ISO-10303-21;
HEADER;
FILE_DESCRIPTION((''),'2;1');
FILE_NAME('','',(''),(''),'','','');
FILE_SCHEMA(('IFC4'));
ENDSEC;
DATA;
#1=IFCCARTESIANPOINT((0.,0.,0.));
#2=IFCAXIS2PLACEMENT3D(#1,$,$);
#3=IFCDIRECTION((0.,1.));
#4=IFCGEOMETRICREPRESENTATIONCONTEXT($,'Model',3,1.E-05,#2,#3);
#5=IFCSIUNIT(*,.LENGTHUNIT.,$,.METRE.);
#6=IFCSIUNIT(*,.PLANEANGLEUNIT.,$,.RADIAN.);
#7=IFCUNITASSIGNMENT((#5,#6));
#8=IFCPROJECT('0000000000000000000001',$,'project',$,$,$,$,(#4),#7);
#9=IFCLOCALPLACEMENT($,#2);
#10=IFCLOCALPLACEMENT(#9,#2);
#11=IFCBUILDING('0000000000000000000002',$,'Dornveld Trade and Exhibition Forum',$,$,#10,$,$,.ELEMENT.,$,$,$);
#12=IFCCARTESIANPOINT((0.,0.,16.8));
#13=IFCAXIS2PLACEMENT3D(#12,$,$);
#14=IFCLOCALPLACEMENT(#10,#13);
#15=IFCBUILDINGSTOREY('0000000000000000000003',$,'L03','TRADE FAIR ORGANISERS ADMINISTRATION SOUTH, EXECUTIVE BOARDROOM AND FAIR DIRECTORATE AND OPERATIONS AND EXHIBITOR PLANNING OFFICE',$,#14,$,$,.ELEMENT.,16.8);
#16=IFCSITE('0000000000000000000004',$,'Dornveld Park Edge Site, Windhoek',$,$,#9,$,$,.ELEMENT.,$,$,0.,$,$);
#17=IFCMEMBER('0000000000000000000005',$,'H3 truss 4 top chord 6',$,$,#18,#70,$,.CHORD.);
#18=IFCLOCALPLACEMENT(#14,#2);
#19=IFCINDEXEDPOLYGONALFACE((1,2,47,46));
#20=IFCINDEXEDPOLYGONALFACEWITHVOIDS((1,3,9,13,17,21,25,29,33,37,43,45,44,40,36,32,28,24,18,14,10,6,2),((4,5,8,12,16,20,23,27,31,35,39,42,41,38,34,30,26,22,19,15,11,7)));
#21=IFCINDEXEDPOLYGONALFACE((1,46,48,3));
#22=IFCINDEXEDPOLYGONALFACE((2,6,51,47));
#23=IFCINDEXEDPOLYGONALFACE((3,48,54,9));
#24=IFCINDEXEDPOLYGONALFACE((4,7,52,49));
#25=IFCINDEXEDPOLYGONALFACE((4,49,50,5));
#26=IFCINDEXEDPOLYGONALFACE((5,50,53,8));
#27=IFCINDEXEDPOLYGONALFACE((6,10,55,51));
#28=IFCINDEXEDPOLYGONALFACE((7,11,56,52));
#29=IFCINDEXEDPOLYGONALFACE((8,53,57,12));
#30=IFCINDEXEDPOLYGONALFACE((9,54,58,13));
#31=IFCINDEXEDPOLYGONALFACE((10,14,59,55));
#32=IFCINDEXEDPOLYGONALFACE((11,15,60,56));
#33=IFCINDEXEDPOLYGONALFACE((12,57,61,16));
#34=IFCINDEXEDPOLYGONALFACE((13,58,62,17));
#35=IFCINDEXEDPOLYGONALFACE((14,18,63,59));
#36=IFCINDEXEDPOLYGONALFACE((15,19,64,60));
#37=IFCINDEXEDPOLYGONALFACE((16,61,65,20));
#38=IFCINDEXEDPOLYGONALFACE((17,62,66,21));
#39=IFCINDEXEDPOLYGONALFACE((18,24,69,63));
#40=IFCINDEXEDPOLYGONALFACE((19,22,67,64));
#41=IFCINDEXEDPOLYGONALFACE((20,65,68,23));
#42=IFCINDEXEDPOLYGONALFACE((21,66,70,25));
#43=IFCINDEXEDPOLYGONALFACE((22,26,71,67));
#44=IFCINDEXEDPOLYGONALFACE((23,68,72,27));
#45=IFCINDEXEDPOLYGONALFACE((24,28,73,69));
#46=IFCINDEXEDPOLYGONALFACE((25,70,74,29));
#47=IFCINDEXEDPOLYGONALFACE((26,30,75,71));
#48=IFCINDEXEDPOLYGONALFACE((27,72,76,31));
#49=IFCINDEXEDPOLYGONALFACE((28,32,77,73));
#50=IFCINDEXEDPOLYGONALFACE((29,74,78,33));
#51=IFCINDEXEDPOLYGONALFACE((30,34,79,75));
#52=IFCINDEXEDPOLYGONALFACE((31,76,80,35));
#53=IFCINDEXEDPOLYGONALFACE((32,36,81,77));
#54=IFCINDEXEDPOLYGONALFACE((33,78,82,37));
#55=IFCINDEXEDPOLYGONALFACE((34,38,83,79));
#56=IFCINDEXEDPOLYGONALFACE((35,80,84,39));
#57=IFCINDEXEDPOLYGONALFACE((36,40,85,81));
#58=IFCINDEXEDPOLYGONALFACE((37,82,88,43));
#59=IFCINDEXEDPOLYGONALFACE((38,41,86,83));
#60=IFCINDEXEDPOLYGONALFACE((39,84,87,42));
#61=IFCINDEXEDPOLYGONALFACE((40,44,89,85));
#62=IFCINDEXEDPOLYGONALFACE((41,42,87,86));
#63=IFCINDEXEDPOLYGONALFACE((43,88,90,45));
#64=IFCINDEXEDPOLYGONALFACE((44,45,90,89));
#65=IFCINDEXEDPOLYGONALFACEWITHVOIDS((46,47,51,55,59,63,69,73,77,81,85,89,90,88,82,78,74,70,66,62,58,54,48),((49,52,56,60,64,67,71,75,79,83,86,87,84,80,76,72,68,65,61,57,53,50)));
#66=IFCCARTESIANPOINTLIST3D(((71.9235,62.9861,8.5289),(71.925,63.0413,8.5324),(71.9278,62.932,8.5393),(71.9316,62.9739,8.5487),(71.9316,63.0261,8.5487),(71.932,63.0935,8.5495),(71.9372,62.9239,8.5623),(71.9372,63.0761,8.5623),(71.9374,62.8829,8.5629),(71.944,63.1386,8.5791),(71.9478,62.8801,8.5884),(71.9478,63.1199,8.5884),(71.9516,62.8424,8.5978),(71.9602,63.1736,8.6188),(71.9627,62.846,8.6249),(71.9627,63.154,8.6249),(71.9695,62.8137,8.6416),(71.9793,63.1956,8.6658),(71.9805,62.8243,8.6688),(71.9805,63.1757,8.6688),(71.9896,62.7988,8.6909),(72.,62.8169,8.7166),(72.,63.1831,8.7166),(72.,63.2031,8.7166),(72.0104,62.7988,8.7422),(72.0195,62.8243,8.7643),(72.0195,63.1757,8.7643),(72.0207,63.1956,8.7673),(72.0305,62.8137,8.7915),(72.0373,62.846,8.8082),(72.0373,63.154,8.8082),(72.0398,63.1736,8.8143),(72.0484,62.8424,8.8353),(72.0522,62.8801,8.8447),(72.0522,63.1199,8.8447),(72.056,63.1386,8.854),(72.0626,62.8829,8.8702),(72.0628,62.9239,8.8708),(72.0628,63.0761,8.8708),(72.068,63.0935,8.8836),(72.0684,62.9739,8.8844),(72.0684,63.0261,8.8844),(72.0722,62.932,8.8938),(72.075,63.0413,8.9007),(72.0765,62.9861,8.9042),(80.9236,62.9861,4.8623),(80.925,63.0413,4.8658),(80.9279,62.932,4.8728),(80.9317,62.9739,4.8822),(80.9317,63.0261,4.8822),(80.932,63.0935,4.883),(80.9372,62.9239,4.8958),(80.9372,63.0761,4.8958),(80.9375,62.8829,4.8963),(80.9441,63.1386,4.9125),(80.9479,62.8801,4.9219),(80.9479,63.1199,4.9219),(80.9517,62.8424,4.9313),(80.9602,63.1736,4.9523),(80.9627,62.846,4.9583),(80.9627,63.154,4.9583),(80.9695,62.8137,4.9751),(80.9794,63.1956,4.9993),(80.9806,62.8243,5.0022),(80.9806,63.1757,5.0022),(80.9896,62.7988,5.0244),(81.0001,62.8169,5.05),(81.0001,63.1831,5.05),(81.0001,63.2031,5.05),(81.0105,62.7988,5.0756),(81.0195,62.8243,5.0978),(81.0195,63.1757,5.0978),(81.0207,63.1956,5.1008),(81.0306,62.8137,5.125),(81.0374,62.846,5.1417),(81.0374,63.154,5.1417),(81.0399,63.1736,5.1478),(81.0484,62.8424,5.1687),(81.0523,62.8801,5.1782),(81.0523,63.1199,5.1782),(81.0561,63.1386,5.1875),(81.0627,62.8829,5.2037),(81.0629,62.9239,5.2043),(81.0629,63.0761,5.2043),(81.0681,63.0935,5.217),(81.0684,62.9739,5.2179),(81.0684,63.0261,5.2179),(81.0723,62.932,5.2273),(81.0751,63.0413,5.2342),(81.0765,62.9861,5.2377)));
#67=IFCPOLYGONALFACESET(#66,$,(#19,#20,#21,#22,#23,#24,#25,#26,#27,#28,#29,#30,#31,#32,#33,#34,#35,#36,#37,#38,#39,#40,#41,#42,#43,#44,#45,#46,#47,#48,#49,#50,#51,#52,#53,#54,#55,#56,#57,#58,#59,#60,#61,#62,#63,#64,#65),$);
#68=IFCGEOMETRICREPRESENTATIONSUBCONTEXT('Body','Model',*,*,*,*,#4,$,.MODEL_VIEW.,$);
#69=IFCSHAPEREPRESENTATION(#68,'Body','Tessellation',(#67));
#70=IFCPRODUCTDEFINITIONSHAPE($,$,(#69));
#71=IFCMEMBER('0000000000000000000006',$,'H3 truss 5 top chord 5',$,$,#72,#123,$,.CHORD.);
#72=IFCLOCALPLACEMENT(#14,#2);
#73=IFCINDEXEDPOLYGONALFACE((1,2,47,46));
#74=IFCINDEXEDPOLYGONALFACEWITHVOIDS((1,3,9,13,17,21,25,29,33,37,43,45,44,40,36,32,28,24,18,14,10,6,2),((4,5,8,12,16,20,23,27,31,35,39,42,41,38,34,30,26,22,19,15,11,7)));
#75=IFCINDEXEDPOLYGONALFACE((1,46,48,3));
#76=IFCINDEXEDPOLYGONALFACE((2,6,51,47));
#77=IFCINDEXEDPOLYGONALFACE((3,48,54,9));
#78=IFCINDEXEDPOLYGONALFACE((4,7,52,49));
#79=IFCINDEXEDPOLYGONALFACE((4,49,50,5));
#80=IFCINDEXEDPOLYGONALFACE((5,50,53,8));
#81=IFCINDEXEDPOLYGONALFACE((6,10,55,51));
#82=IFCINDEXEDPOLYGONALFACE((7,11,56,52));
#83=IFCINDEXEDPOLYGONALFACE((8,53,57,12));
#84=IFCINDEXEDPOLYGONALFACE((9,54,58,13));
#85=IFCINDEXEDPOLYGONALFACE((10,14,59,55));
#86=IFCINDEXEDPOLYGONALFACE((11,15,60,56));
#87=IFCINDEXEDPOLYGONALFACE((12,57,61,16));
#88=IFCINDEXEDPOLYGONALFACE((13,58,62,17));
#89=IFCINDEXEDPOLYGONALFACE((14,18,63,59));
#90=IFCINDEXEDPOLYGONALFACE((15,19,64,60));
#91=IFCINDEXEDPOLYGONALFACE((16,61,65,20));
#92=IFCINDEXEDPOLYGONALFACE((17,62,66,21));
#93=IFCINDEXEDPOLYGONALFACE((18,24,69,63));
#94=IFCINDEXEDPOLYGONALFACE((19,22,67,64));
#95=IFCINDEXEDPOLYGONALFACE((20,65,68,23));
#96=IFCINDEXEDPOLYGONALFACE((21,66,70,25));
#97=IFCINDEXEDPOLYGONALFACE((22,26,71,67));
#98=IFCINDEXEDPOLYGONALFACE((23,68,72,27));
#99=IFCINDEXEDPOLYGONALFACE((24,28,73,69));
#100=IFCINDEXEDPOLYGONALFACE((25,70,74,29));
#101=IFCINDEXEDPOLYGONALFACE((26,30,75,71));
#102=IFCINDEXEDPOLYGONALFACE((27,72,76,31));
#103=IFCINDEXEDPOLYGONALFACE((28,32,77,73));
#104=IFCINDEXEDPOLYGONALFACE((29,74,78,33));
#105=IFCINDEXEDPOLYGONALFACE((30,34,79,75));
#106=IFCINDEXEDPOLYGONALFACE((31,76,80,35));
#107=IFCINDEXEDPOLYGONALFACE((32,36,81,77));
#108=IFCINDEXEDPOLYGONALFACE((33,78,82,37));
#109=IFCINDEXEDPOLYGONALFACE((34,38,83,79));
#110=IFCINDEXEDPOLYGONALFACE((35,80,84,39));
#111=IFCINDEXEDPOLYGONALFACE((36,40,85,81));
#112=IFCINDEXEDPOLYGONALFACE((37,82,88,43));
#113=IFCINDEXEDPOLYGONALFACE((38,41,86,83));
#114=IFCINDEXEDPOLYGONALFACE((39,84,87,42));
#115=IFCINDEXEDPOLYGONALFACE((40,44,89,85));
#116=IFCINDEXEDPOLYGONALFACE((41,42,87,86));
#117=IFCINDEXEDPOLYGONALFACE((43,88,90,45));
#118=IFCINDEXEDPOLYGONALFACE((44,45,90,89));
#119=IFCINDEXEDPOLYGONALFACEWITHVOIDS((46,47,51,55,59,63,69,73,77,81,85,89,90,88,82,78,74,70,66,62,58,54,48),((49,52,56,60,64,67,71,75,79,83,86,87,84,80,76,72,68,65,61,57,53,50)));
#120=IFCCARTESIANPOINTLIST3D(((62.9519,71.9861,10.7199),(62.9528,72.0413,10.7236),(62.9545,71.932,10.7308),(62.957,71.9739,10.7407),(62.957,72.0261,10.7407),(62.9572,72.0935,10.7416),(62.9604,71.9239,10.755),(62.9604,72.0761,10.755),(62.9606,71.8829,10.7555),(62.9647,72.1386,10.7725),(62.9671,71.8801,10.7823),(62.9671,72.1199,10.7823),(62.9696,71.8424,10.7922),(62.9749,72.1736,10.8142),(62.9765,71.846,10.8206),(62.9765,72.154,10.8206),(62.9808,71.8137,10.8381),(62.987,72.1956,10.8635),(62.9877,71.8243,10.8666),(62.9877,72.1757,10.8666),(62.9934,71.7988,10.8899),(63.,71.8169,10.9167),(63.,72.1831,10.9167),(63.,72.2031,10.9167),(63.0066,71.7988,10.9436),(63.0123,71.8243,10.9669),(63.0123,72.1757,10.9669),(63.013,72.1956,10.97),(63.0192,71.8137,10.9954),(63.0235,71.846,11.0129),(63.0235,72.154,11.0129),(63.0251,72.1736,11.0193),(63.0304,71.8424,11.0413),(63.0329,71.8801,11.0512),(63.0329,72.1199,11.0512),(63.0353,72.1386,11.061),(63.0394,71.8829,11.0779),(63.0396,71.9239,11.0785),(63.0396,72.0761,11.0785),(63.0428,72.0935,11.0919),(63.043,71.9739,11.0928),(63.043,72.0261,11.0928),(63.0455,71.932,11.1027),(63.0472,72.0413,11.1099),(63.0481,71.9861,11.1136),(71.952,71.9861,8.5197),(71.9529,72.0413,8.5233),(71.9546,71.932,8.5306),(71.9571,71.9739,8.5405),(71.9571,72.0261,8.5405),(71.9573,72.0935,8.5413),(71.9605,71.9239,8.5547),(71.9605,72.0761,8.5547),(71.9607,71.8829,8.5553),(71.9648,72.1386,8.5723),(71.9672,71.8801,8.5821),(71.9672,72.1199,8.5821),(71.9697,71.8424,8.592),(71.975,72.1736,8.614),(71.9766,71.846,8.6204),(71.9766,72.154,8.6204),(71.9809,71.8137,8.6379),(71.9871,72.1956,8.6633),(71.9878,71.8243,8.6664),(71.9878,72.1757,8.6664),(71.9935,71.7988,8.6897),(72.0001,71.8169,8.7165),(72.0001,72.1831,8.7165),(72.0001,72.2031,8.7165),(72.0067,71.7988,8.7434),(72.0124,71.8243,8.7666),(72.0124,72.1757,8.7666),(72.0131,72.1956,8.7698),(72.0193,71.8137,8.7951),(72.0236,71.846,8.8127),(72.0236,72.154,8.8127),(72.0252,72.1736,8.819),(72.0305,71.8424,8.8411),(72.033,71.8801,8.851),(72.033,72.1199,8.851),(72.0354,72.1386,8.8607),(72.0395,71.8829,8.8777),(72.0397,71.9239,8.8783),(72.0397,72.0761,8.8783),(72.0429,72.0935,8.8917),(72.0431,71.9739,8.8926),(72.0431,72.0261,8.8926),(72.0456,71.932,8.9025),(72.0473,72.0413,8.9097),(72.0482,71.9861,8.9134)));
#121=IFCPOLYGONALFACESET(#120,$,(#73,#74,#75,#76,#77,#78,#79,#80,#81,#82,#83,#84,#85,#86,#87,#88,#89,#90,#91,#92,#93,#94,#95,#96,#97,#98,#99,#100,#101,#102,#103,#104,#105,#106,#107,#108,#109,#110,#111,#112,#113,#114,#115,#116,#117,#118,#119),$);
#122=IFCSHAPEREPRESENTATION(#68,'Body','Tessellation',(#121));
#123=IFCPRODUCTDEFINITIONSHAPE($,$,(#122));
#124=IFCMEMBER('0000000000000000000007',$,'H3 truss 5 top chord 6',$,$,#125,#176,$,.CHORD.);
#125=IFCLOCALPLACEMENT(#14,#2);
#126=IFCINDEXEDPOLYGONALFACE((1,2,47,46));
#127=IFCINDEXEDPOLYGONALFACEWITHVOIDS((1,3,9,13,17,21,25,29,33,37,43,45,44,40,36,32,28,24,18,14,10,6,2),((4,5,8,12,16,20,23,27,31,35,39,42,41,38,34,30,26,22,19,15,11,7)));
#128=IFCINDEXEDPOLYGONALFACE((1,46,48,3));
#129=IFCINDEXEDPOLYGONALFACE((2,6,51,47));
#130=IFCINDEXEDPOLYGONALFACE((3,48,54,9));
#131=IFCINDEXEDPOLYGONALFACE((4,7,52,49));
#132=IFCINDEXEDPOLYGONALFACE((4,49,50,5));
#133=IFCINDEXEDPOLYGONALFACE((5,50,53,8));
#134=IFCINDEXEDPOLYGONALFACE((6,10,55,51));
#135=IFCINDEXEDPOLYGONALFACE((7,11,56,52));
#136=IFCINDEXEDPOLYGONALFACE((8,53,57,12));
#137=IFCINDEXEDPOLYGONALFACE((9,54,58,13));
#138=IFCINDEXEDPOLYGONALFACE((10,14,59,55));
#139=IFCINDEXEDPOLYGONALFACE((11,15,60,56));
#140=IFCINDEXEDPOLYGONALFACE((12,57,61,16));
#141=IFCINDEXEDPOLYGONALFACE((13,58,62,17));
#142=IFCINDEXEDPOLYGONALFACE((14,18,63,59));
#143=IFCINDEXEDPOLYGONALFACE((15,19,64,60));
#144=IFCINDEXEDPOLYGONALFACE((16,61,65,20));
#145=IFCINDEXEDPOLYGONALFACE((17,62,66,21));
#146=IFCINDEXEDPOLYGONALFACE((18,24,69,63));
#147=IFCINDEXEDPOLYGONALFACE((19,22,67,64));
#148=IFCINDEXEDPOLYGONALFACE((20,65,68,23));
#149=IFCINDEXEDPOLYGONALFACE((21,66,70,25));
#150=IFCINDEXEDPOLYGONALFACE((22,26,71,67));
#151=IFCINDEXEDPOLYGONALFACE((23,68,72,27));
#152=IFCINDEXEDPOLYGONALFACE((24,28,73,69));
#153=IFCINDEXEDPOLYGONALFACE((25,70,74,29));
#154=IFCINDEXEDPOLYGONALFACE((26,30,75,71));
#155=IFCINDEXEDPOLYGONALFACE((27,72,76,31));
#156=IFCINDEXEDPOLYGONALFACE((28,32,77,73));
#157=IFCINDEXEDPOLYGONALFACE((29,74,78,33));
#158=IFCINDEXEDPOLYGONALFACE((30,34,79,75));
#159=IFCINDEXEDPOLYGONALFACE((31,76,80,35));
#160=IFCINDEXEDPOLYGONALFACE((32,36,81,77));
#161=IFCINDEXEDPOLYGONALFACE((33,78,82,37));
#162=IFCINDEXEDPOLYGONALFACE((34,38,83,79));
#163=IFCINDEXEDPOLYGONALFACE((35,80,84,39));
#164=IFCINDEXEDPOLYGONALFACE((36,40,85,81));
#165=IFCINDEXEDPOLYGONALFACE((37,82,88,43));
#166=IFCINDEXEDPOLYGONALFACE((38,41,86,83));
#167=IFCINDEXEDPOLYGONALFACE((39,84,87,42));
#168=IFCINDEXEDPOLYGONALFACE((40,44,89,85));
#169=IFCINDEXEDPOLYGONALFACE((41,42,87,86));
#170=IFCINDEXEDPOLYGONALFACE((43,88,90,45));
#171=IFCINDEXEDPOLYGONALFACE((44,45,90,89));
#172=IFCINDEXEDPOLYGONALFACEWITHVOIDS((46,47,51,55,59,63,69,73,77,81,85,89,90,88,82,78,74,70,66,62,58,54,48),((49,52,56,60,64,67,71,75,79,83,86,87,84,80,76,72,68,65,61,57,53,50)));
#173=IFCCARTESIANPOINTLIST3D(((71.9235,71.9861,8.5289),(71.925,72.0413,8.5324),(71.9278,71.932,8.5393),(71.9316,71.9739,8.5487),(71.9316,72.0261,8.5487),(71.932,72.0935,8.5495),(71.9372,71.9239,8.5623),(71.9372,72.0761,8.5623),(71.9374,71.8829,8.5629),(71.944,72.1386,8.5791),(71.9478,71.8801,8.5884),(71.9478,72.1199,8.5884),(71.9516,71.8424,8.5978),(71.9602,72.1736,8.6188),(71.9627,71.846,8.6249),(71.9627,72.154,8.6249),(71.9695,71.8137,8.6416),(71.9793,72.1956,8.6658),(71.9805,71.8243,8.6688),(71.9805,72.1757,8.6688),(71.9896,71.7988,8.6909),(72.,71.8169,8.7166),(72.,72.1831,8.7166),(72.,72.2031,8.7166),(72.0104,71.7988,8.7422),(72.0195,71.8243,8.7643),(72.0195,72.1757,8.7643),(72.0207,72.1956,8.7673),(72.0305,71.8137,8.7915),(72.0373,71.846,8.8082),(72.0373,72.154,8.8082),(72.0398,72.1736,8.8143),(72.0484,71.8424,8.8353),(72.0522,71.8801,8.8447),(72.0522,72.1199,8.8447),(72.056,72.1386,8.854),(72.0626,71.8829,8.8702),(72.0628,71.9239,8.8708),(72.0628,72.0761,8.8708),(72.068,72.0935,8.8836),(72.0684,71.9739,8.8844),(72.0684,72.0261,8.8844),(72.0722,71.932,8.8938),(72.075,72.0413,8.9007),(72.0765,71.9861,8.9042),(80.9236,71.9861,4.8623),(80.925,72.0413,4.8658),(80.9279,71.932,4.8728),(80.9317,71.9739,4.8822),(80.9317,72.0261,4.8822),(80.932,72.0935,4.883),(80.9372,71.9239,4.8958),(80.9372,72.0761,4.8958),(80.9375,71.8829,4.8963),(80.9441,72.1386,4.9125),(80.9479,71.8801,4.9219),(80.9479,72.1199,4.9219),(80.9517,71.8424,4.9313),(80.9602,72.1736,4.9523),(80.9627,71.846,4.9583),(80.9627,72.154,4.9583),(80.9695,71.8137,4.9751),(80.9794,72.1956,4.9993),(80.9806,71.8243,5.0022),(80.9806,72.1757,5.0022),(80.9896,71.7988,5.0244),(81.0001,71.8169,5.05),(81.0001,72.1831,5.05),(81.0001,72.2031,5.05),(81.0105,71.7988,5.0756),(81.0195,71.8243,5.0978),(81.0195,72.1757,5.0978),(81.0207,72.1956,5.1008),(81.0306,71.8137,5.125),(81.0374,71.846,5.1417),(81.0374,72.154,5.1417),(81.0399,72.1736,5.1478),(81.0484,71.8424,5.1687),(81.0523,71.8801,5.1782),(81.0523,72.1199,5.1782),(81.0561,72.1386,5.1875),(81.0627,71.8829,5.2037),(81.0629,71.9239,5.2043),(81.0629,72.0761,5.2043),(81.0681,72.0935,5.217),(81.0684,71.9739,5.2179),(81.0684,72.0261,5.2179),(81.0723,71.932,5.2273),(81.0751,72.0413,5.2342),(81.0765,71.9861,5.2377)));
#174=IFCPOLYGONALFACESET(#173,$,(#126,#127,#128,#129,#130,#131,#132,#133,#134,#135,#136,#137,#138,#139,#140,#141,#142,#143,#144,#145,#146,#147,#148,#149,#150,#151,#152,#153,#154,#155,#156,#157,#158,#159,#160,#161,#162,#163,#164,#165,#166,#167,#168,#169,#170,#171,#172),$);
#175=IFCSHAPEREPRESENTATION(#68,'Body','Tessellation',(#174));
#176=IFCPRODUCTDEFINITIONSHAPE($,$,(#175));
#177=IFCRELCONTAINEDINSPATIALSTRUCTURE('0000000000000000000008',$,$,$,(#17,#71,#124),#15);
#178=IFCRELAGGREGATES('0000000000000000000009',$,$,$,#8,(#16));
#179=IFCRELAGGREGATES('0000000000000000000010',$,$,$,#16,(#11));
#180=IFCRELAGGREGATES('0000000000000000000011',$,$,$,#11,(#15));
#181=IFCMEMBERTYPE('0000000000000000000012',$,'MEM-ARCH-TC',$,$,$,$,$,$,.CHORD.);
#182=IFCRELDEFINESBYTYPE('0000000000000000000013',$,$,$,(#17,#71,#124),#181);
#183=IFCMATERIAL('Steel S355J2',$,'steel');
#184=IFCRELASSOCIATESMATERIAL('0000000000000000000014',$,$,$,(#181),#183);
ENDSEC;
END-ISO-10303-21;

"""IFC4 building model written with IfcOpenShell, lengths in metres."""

from ifc_helpers import new_model, si_unit, direction, frame, origin, origin_2d, place, context, subcontext, project, spatial, hollow_circle, extrude, material, material_profile, profile_set, type_object, element, save


model = new_model("IFC4")

# Units and contexts
model_context = context("Model", 3, precision=1e-05, world=origin(), true_north=direction((0.0, 1.0)))
body_context = subcontext(model_context, "Body", "Model", "MODEL_VIEW")
ifc_project = project(units=[si_unit("LENGTHUNIT", "METRE"), si_unit("PLANEANGLEUNIT", "RADIAN")], contexts=[model_context])

# Site, building, storey
site_placement = place(None, origin())
site = spatial("IfcSite", under=ifc_project, at=site_placement, Name="Dornveld Park Edge Site, Windhoek", CompositionType="ELEMENT", RefElevation=0.0)
building_placement = place(site_placement, origin())
building = spatial("IfcBuilding", under=site, at=building_placement, Name="Dornveld Trade and Exhibition Forum", CompositionType="ELEMENT")
storey_placement = place(building_placement, frame((0.0, 0.0, 16.8)))
storey = spatial("IfcBuildingStorey", under=building, at=storey_placement, Name="L03", Description="TRADE FAIR ORGANISERS ADMINISTRATION SOUTH, EXECUTIVE BOARDROOM AND FAIR DIRECTORATE AND OPERATIONS AND EXHIBITOR PLANNING OFFICE", CompositionType="ELEMENT", Elevation=16.8)

# Members
ifc_material_1 = material(Name="Steel S355J2", Category="steel")
ifc_material_profile_1 = material_profile(ifc_material_1, hollow_circle(Radius=0.2031, WallThickness=0.02, at=origin_2d()), Name="CHS 406.4x20")
ifc_profile_set_1 = profile_set([ifc_material_profile_1], Name="Steel S355J2")
member_type_1 = type_object("IfcMemberType", Name="MEM-ARCH-TC", PredefinedType="CHORD", material=ifc_profile_set_1)
member_1_placement = place(storey_placement, frame((72.0, 63.0, 8.7166), z_axis=(0.926098, 0.0, -0.377283), x_axis=(0.0, 1.0, 0.0)))
element("IfcMember", 1, at=member_1_placement, inside=storey, type_object=member_type_1, Name="H3 truss 4 top chord 6", PredefinedType="CHORD", context=body_context, shape_type="SweptSolid", body=[
    extrude(hollow_circle(Radius=0.2031, WallThickness=0.02, at=origin_2d()), origin(), (0.0, 0.0, 1.0), 9.7183),
])
member_2_placement = place(storey_placement, frame((63.0, 72.0, 10.9167), z_axis=(0.971394, 0.0, -0.237473), x_axis=(0.0, 1.0, 0.0)))
element("IfcMember", 2, at=member_2_placement, inside=storey, type_object=member_type_1, Name="H3 truss 5 top chord 5", PredefinedType="CHORD", context=body_context, shape_type="SweptSolid", body=[
    extrude(hollow_circle(Radius=0.2031, WallThickness=0.02, at=origin_2d()), origin(), (0.0, 0.0, 1.0), 9.2651),
])
member_3_placement = place(storey_placement, frame((72.0, 72.0, 8.7166), z_axis=(0.926098, 0.0, -0.377283), x_axis=(0.0, 1.0, 0.0)))
element("IfcMember", 3, at=member_3_placement, inside=storey, type_object=member_type_1, Name="H3 truss 5 top chord 6", PredefinedType="CHORD", context=body_context, shape_type="SweptSolid", body=[
    extrude(hollow_circle(Radius=0.2031, WallThickness=0.02, at=origin_2d()), origin(), (0.0, 0.0, 1.0), 9.7183),
])

save(model, "model.ifc")
